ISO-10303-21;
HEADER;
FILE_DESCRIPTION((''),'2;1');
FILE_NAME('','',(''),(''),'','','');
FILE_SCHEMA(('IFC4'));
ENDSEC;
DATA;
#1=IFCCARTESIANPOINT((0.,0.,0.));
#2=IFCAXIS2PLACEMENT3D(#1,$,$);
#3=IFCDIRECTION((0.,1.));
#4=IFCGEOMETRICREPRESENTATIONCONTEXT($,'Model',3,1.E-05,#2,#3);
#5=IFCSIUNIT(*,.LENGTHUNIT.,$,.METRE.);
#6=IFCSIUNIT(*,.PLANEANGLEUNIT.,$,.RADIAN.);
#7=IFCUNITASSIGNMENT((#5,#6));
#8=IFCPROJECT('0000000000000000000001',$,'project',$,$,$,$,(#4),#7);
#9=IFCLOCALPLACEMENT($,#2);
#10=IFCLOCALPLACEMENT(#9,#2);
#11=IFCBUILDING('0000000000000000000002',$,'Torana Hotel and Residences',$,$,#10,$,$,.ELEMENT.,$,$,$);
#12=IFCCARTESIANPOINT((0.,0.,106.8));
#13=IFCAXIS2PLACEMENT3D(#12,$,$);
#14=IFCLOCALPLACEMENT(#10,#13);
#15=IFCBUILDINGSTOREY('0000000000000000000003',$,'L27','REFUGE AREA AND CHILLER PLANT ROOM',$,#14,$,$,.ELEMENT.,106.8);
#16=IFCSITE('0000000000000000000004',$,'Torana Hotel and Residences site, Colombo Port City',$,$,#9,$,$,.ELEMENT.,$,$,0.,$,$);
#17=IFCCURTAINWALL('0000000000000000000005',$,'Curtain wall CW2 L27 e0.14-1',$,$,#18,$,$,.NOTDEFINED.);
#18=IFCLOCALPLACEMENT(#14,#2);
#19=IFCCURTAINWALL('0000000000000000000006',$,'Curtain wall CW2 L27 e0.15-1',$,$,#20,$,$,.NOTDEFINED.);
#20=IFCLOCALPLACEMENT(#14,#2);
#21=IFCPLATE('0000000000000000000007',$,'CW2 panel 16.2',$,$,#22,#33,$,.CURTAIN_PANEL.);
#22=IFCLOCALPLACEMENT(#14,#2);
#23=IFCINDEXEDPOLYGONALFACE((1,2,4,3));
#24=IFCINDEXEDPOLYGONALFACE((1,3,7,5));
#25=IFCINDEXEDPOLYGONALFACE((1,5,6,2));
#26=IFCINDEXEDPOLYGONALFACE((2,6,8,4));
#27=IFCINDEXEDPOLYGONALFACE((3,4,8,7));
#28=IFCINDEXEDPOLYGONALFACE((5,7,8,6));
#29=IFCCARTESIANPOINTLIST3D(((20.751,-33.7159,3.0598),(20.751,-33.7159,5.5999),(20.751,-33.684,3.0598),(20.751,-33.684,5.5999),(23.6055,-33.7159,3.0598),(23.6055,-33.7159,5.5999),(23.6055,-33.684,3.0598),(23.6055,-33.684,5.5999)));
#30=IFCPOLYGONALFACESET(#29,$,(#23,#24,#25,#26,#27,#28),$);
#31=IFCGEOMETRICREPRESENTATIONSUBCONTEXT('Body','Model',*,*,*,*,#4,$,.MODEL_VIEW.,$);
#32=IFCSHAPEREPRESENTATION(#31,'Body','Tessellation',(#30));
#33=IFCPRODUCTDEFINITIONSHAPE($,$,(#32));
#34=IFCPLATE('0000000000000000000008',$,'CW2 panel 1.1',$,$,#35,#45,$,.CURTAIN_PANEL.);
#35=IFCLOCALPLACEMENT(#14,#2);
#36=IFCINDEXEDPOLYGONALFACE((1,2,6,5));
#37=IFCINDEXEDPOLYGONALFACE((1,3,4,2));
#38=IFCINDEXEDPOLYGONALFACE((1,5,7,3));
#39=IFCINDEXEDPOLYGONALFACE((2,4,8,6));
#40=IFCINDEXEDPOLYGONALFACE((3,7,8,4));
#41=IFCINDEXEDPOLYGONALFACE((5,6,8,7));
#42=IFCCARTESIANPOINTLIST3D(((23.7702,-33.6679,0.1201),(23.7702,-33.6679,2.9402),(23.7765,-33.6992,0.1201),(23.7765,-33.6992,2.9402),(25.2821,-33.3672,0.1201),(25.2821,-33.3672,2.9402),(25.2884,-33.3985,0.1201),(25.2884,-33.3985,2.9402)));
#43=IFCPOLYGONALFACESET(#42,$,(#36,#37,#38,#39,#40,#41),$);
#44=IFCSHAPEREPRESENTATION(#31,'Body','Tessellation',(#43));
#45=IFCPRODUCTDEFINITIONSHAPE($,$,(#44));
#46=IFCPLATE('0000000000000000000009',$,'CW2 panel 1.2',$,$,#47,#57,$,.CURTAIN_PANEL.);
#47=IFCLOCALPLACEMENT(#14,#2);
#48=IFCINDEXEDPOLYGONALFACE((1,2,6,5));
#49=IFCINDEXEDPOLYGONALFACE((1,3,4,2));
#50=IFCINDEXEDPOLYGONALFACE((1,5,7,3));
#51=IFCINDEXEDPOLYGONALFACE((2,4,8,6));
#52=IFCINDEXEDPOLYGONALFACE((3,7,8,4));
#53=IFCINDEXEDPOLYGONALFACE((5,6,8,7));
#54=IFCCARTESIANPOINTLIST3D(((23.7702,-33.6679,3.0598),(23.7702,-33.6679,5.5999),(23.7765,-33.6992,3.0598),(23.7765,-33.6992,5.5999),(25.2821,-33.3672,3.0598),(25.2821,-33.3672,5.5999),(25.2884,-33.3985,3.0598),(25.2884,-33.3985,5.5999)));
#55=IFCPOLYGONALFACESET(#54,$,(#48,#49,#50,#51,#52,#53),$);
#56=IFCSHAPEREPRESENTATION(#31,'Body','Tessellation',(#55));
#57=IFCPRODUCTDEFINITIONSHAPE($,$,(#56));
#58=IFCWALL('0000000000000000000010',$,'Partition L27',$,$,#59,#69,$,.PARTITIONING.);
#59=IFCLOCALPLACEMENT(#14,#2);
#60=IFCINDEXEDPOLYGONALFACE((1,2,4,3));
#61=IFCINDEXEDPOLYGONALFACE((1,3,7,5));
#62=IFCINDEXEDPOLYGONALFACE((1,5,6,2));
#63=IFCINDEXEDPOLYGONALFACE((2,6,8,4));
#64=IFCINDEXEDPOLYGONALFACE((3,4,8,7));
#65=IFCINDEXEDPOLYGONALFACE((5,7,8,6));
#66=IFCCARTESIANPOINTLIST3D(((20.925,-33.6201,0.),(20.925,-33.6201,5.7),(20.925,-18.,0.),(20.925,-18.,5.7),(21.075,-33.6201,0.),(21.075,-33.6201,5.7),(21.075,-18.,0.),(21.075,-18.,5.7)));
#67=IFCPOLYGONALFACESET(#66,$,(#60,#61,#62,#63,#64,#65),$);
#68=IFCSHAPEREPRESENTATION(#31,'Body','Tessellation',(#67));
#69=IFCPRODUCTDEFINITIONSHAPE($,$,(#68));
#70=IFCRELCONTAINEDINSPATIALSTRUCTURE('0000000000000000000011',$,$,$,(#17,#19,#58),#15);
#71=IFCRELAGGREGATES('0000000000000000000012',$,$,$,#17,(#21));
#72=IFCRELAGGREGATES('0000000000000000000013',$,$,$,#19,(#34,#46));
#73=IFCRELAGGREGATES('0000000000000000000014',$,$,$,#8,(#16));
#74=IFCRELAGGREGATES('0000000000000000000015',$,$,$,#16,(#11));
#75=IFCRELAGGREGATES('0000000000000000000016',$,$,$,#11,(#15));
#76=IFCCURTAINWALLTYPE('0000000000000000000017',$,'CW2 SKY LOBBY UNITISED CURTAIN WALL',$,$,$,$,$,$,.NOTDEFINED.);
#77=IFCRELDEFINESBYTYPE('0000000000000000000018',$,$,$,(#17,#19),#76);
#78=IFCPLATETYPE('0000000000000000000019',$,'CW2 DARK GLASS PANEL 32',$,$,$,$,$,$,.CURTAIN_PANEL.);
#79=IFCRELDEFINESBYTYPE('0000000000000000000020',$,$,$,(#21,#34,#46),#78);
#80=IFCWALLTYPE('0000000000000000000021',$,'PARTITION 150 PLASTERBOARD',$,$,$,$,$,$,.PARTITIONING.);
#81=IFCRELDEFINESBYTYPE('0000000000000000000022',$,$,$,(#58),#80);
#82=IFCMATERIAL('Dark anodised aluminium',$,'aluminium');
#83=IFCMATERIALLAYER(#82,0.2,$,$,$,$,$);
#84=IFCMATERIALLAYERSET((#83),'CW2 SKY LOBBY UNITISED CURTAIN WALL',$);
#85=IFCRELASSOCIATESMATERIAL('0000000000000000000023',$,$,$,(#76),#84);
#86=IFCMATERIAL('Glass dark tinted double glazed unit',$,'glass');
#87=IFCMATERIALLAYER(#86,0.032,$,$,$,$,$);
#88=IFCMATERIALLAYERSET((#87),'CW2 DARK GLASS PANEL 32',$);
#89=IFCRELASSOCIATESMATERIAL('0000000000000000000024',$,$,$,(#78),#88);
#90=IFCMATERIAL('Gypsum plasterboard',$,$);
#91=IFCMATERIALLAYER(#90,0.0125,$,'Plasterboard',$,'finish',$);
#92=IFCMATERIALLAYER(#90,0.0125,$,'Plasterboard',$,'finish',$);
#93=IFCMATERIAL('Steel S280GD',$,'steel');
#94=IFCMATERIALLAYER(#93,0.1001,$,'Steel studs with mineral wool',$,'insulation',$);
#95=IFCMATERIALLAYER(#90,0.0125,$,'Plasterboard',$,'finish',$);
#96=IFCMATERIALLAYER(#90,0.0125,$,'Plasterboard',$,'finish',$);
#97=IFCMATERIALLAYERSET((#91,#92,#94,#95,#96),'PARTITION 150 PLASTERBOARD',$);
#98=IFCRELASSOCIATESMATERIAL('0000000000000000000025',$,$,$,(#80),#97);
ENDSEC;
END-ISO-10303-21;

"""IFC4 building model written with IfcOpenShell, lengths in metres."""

from ifc_helpers import new_model, si_unit, direction, frame, frame_2d, origin, origin_2d, place, context, subcontext, project, spatial, rectangle, extrude, material, layer, layer_set, type_object, element, aggregate, save


model = new_model("IFC4")

# Units and contexts
model_context = context("Model", 3, precision=1e-05, world=origin(), true_north=direction((0.0, 1.0)))
body_context = subcontext(model_context, "Body", "Model", "MODEL_VIEW")
ifc_project = project(units=[si_unit("LENGTHUNIT", "METRE"), si_unit("PLANEANGLEUNIT", "RADIAN")], contexts=[model_context])

# Site, building, storey
site_placement = place(None, origin())
site = spatial("IfcSite", under=ifc_project, at=site_placement, Name="Torana Hotel and Residences site, Colombo Port City", CompositionType="ELEMENT", RefElevation=0.0)
building_placement = place(site_placement, origin())
building = spatial("IfcBuilding", under=site, at=building_placement, Name="Torana Hotel and Residences", CompositionType="ELEMENT")
storey_placement = place(building_placement, frame((0.0, 0.0, 106.8)))
storey = spatial("IfcBuildingStorey", under=building, at=storey_placement, Name="L27", Description="REFUGE AREA AND CHILLER PLANT ROOM", CompositionType="ELEMENT", Elevation=106.8)

# Curtain walls
ifc_material_1 = material(Name="Dark anodised aluminium", Category="aluminium")
ifc_layer_1 = layer(ifc_material_1, 0.2)
ifc_layer_set_1 = layer_set([ifc_layer_1], Name="CW2 SKY LOBBY UNITISED CURTAIN WALL")
curtain_wall_type = type_object("IfcCurtainWallType", Name="CW2 SKY LOBBY UNITISED CURTAIN WALL", PredefinedType="NOTDEFINED", material=ifc_layer_set_1)
curtain_wall_1_placement = place(storey_placement, origin())
curtain_wall_1 = element("IfcCurtainWall", 1, at=curtain_wall_1_placement, inside=storey, type_object=curtain_wall_type, Name="Curtain wall CW2 L27 e0.14-1", PredefinedType="NOTDEFINED")
curtain_wall_2_placement = place(storey_placement, origin())
curtain_wall_2 = element("IfcCurtainWall", 2, at=curtain_wall_2_placement, inside=storey, type_object=curtain_wall_type, Name="Curtain wall CW2 L27 e0.15-1", PredefinedType="NOTDEFINED")

# Plates
ifc_material_2 = material(Name="Glass dark tinted double glazed unit", Category="glass")
ifc_layer_2 = layer(ifc_material_2, 0.032)
ifc_layer_set_2 = layer_set([ifc_layer_2], Name="CW2 DARK GLASS PANEL 32")
plate_type = type_object("IfcPlateType", Name="CW2 DARK GLASS PANEL 32", PredefinedType="CURTAIN_PANEL", material=ifc_layer_set_2)
plate_1_placement = place(storey_placement, frame((22.1782, -33.7, 3.0598), z_axis=(0.0, 0.0, 1.0), x_axis=(1.0, 0.0, 0.0)))
plate_1 = element("IfcPlate", 3, at=plate_1_placement, type_object=plate_type, Name="CW2 panel 16.2", PredefinedType="CURTAIN_PANEL", context=body_context, shape_type="SweptSolid", body=[
    extrude(rectangle(XDim=2.8545, YDim=0.032, at=origin_2d()), origin(), (0.0, 0.0, 1.0), 2.54),
])
aggregate(curtain_wall_1, [plate_1])
plate_2_placement = place(storey_placement, frame((24.5293, -33.5332, 0.1201), z_axis=(0.0, 0.0, 1.0), x_axis=(0.980791, 0.195064, 0.0)))
plate_2 = element("IfcPlate", 4, at=plate_2_placement, type_object=plate_type, Name="CW2 panel 1.1", PredefinedType="CURTAIN_PANEL", context=body_context, shape_type="SweptSolid", body=[
    extrude(rectangle(XDim=1.5415, YDim=0.032, at=origin_2d()), origin(), (0.0, 0.0, 1.0), 2.8201),
])
plate_3_placement = place(storey_placement, frame((24.5293, -33.5332, 3.0598), z_axis=(0.0, 0.0, 1.0), x_axis=(0.980791, 0.195064, 0.0)))
plate_3 = element("IfcPlate", 5, at=plate_3_placement, type_object=plate_type, Name="CW2 panel 1.2", PredefinedType="CURTAIN_PANEL", context=body_context, shape_type="SweptSolid", body=[
    extrude(rectangle(XDim=1.5415, YDim=0.032, at=origin_2d()), origin(), (0.0, 0.0, 1.0), 2.54),
])
aggregate(curtain_wall_2, [plate_2, plate_3])

# Wall
ifc_material_3 = material(Name="Gypsum plasterboard")
ifc_layer_3 = layer(ifc_material_3, 0.0125, Name="Plasterboard", Category="finish")
ifc_layer_4 = layer(ifc_material_3, 0.0125, Name="Plasterboard", Category="finish")
ifc_material_4 = material(Name="Steel S280GD", Category="steel")
ifc_layer_5 = layer(ifc_material_4, 0.1001, Name="Steel studs with mineral wool", Category="insulation")
ifc_layer_6 = layer(ifc_material_3, 0.0125, Name="Plasterboard", Category="finish")
ifc_layer_7 = layer(ifc_material_3, 0.0125, Name="Plasterboard", Category="finish")
ifc_layer_set_3 = layer_set([ifc_layer_3, ifc_layer_4, ifc_layer_5, ifc_layer_6, ifc_layer_7], Name="PARTITION 150 PLASTERBOARD")
wall_type = type_object("IfcWallType", Name="PARTITION 150 PLASTERBOARD", PredefinedType="PARTITIONING", material=ifc_layer_set_3)
wall_placement = place(storey_placement, frame((21.0, -33.6201, 0.0), z_axis=(0.0, 0.0, 1.0), x_axis=(0.0, 1.0, 0.0)))
element("IfcWall", 6, at=wall_placement, inside=storey, type_object=wall_type, Name="Partition L27", PredefinedType="PARTITIONING", context=body_context, shape_type="SweptSolid", body=[
    extrude(rectangle(XDim=15.6201, YDim=0.1499, at=frame_2d((7.8101, 0.0))), origin(), (0.0, 0.0, 1.0), 5.7),
])

save(model, "model.ifc")
